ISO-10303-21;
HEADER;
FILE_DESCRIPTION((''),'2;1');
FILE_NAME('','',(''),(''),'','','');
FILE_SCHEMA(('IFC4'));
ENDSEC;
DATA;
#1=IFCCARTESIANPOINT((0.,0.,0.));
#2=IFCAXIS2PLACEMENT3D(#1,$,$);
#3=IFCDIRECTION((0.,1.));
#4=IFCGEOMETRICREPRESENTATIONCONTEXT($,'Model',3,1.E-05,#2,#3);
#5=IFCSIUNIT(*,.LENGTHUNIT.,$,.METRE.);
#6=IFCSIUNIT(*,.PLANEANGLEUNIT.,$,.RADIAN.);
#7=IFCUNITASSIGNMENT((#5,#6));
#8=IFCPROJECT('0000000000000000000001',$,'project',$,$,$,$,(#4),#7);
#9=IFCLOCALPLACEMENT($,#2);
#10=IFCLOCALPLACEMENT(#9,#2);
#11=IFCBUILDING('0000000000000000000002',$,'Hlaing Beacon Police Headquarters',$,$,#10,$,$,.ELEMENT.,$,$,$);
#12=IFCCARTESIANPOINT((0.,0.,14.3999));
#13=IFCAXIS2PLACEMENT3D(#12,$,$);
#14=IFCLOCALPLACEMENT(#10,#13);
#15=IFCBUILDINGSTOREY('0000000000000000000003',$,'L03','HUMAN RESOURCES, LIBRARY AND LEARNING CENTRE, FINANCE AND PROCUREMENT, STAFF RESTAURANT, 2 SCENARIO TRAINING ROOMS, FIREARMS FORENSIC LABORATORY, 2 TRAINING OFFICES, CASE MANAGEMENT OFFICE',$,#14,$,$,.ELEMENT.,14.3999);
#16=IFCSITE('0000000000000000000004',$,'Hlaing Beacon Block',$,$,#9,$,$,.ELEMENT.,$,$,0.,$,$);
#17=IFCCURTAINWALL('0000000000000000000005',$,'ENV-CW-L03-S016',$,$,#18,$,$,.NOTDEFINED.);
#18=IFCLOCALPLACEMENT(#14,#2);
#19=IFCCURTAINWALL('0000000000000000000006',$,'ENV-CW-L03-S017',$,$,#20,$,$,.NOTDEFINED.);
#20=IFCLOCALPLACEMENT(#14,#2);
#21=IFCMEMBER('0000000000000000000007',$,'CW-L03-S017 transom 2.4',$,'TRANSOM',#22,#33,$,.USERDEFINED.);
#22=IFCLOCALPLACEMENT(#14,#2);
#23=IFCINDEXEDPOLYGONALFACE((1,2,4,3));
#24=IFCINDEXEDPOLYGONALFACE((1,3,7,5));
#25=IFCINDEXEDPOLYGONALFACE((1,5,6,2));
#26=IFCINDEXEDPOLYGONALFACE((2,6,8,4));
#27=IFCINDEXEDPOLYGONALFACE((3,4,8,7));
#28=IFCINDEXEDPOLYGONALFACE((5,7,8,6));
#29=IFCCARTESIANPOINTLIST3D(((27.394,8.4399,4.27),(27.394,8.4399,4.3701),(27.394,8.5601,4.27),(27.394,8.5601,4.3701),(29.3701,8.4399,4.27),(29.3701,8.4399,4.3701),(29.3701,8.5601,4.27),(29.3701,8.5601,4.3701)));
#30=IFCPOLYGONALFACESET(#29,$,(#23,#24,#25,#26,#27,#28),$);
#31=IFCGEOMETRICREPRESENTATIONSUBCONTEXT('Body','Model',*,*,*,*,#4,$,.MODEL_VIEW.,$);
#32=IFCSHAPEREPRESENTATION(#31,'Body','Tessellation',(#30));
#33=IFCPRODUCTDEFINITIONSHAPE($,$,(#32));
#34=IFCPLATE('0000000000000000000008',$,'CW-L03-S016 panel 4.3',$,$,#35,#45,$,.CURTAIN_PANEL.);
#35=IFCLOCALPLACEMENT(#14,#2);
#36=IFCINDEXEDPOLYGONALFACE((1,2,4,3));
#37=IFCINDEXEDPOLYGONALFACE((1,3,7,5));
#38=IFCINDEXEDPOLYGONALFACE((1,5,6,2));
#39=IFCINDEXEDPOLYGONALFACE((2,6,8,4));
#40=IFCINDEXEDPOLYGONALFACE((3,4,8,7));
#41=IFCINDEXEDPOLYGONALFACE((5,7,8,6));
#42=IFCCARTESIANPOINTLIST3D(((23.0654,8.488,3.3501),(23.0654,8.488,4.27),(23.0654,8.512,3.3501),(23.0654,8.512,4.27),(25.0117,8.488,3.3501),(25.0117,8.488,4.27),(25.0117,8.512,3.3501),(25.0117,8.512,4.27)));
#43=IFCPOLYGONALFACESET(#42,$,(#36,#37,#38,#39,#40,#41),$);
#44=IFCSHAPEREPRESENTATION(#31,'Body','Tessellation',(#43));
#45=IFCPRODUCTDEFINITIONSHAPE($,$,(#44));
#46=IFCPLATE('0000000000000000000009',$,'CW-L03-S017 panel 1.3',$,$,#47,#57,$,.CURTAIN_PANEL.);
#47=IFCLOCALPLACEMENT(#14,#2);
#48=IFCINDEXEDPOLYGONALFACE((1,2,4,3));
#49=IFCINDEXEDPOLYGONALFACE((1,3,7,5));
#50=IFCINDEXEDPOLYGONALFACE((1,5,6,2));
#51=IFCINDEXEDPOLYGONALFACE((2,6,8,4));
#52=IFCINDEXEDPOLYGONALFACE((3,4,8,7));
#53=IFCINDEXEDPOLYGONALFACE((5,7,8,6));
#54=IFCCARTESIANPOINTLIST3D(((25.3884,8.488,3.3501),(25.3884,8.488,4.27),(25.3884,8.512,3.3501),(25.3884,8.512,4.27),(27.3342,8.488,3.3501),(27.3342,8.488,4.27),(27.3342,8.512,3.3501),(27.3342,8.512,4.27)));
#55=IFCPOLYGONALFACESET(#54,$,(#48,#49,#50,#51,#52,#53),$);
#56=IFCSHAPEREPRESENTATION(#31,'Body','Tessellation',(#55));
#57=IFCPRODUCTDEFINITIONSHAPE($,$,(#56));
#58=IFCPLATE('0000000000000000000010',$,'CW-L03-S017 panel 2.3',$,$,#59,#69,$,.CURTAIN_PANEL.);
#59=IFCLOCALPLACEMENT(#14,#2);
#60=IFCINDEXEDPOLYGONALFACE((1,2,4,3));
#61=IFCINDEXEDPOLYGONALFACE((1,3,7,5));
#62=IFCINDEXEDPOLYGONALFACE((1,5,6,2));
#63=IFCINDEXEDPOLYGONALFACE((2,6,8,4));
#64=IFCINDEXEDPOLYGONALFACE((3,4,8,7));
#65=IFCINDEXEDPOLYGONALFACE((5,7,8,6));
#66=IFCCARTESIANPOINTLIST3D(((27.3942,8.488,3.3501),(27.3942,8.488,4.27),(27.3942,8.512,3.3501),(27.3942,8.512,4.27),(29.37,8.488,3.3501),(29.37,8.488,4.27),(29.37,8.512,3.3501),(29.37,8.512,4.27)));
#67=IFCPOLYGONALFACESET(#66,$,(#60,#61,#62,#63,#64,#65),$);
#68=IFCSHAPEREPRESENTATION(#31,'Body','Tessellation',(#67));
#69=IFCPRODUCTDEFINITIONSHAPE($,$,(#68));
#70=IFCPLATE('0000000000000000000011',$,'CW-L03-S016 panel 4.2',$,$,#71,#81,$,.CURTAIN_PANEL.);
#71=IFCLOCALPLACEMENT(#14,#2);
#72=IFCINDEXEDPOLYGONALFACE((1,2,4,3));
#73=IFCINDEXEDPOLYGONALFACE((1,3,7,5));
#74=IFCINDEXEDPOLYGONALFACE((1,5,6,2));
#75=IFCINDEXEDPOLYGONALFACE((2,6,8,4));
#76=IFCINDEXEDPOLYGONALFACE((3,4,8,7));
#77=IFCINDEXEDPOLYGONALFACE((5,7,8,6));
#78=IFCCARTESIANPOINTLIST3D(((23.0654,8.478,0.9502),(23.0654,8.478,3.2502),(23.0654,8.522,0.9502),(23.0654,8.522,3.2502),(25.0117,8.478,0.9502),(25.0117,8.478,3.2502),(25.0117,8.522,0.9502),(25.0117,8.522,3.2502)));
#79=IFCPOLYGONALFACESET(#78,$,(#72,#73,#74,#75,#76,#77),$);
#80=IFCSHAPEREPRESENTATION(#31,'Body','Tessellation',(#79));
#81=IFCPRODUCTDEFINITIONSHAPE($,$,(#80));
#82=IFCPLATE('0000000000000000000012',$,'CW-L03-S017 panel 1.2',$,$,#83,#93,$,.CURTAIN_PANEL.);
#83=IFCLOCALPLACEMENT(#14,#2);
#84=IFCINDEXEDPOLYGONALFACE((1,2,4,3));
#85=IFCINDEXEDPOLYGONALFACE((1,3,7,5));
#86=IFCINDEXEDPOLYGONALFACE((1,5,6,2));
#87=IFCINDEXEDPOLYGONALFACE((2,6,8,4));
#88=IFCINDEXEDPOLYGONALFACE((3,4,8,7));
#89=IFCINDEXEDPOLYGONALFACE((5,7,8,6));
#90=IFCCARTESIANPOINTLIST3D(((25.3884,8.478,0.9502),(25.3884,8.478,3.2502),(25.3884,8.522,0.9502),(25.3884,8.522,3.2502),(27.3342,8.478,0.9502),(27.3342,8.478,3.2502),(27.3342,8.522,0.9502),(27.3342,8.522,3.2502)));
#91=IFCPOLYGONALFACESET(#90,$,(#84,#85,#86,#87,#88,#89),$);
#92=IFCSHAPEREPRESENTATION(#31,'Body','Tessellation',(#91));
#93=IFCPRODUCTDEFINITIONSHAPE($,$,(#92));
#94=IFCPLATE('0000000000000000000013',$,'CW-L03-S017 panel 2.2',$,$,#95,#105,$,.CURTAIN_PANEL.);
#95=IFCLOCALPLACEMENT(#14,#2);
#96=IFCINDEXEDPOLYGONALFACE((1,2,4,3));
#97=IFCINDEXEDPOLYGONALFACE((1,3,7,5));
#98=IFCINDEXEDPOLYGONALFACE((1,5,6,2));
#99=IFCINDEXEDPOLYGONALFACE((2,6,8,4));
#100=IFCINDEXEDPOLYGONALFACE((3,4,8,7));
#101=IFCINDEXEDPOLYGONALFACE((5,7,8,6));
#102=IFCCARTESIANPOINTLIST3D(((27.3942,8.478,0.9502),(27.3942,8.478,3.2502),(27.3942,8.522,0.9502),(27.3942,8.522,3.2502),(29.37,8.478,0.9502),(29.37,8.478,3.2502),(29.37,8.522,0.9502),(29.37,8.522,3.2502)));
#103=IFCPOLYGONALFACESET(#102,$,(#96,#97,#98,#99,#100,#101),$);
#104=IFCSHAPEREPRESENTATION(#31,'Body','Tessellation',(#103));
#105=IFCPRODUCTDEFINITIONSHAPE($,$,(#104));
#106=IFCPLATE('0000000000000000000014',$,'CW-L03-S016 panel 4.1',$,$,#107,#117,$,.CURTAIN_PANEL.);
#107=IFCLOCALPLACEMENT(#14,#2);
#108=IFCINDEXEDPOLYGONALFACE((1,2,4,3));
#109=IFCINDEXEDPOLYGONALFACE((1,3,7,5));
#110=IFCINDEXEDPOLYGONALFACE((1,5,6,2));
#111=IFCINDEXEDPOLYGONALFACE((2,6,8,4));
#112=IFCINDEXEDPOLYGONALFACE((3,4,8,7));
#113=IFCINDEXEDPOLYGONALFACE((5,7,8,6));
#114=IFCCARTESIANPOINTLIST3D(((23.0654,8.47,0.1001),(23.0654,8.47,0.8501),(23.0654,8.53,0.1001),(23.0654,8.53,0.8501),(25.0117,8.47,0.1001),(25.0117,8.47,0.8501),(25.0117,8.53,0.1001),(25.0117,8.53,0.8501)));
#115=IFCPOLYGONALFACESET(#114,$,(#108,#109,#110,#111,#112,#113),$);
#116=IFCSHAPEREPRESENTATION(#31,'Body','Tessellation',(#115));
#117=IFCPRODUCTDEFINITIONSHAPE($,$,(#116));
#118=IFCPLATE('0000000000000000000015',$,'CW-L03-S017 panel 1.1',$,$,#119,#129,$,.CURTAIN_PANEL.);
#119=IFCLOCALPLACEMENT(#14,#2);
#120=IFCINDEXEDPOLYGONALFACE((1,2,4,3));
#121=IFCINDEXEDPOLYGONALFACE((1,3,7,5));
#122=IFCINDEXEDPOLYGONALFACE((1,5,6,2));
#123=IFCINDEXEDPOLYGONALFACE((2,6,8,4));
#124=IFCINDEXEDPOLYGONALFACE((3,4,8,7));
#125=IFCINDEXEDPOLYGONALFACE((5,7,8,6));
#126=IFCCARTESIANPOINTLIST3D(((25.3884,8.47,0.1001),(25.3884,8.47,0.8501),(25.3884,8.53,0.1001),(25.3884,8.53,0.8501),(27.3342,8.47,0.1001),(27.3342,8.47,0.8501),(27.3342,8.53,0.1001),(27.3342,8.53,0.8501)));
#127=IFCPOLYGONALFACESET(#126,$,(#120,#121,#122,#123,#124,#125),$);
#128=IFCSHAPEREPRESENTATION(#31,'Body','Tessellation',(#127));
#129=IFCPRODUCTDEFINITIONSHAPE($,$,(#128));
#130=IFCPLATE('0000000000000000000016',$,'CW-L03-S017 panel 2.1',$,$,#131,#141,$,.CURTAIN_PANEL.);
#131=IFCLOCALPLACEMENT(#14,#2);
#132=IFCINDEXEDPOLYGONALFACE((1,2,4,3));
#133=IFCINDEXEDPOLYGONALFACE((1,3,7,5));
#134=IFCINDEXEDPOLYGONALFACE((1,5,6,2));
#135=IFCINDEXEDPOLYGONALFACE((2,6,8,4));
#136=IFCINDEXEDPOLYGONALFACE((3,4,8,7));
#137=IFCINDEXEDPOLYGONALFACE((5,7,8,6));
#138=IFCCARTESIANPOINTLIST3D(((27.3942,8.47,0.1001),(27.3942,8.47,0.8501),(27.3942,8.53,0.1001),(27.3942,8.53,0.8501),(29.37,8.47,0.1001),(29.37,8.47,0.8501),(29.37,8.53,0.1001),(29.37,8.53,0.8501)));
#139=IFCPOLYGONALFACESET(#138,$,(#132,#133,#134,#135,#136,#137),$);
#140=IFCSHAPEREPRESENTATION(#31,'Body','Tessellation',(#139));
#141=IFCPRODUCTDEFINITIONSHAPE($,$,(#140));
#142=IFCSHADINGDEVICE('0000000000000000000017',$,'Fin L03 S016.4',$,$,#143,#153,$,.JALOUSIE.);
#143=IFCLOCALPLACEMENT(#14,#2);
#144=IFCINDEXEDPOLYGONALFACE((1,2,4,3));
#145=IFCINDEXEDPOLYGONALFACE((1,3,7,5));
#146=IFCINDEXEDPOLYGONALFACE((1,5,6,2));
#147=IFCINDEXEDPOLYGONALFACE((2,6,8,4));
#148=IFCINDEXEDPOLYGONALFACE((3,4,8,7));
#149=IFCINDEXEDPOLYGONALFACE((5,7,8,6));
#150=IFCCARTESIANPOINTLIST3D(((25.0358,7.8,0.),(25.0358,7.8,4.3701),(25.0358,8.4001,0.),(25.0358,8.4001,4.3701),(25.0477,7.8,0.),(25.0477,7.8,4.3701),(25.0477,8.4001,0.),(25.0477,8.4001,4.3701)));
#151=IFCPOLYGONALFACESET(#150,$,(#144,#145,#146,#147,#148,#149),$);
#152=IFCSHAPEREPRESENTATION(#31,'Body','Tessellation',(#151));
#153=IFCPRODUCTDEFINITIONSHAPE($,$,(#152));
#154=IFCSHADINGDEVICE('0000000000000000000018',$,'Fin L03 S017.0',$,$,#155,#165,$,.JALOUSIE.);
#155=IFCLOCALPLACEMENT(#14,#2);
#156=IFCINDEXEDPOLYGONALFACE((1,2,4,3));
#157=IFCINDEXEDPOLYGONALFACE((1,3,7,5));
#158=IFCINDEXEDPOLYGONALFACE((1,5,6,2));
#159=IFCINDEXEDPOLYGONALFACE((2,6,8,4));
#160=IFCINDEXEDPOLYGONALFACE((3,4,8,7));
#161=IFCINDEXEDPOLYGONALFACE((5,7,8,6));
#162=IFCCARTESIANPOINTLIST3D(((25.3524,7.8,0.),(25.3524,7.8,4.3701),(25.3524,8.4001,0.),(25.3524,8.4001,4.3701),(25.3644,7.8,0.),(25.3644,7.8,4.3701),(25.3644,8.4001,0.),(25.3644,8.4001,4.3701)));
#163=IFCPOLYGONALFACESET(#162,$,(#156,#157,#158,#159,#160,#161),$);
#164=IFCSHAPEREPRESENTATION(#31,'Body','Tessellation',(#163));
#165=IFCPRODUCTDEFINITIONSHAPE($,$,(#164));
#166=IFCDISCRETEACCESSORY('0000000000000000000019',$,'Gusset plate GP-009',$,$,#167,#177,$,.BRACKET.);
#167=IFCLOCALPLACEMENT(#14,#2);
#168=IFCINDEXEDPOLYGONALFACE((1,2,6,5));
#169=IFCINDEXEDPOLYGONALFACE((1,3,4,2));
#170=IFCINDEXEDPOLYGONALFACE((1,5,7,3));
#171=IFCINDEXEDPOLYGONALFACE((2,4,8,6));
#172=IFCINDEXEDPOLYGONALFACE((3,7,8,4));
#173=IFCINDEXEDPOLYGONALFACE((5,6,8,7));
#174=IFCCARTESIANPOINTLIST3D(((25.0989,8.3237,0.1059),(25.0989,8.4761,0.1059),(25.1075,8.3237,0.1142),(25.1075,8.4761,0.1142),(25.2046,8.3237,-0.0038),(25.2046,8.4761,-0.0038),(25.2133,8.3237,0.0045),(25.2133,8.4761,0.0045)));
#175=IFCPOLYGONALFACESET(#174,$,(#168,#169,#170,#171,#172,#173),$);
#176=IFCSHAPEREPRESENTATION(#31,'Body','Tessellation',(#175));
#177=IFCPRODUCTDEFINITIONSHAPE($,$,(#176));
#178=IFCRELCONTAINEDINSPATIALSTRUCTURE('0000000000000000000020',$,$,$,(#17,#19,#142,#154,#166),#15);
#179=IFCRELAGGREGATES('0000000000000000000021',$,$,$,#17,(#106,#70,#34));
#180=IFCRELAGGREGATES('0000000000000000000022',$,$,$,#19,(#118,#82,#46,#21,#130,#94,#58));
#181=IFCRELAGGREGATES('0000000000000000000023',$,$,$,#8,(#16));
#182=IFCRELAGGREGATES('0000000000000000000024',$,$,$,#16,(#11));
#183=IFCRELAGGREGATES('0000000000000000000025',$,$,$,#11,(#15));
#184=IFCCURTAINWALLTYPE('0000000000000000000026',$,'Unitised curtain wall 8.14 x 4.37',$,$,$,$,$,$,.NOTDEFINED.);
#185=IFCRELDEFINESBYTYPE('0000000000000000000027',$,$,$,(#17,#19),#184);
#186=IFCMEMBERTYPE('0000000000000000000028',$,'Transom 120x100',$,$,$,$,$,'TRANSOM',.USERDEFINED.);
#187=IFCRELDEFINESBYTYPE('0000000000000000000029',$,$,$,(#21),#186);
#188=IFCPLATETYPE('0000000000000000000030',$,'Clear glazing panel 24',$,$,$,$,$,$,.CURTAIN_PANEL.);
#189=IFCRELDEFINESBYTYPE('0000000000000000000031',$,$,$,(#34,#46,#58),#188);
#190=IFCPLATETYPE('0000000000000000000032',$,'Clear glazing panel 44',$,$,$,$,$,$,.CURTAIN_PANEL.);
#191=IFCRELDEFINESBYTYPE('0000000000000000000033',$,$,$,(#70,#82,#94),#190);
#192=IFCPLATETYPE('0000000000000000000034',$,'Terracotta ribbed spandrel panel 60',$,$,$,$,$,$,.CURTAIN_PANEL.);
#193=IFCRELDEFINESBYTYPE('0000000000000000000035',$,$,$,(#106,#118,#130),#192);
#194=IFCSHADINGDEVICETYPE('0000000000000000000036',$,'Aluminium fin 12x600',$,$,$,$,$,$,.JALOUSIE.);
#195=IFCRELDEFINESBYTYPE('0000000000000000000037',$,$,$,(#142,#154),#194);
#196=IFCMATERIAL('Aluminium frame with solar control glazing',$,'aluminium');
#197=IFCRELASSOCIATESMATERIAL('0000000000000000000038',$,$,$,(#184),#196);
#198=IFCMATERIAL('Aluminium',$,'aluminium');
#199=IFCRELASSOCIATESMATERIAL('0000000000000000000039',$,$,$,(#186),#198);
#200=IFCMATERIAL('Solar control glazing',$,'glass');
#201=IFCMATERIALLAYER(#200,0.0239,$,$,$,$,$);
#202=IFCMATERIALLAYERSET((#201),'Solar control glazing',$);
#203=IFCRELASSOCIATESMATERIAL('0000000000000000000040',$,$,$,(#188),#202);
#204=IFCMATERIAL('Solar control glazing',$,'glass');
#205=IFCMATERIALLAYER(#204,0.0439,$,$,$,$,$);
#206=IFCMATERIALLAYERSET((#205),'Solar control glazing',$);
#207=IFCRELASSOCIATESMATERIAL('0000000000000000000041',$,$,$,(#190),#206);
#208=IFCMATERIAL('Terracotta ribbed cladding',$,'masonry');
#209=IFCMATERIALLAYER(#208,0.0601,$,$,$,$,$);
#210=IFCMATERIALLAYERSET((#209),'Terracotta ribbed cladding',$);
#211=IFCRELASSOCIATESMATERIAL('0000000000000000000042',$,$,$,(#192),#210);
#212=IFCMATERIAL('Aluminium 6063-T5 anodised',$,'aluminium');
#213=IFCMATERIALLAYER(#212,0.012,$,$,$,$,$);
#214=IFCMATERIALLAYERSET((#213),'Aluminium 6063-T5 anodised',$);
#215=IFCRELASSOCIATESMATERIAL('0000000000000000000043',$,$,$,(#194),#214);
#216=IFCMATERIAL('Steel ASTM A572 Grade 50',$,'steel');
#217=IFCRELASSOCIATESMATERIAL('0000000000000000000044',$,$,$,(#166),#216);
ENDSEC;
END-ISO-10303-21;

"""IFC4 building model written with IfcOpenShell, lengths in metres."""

from ifc_helpers import new_model, si_unit, direction, frame, origin, origin_2d, place, context, subcontext, project, spatial, rectangle, extrude, material, layer, layer_set, material_profile, profile_set, type_object, element, aggregate, save


model = new_model("IFC4")

# Units and contexts
model_context = context("Model", 3, precision=1e-05, world=origin(), true_north=direction((0.0, 1.0)))
body_context = subcontext(model_context, "Body", "Model", "MODEL_VIEW")
ifc_project = project(units=[si_unit("LENGTHUNIT", "METRE"), si_unit("PLANEANGLEUNIT", "RADIAN")], contexts=[model_context])

# Site, building, storey
site_placement = place(None, origin())
site = spatial("IfcSite", under=ifc_project, at=site_placement, Name="Hlaing Beacon Block", CompositionType="ELEMENT", RefElevation=0.0)
building_placement = place(site_placement, origin())
building = spatial("IfcBuilding", under=site, at=building_placement, Name="Hlaing Beacon Police Headquarters", CompositionType="ELEMENT")
storey_placement = place(building_placement, frame((0.0, 0.0, 14.3999)))
storey = spatial("IfcBuildingStorey", under=building, at=storey_placement, Name="L03", Description="HUMAN RESOURCES, LIBRARY AND LEARNING CENTRE, FINANCE AND PROCUREMENT, STAFF RESTAURANT, 2 SCENARIO TRAINING ROOMS, FIREARMS FORENSIC LABORATORY, 2 TRAINING OFFICES, CASE MANAGEMENT OFFICE", CompositionType="ELEMENT", Elevation=14.3999)

# Curtain walls
ifc_material_1 = material(Name="Aluminium frame with solar control glazing", Category="aluminium")
curtain_wall_type = type_object("IfcCurtainWallType", Name="Unitised curtain wall 8.14 x 4.37", PredefinedType="NOTDEFINED", material=ifc_material_1)
curtain_wall_1_placement = place(storey_placement, origin())
curtain_wall_1 = element("IfcCurtainWall", 1, at=curtain_wall_1_placement, inside=storey, type_object=curtain_wall_type, Name="ENV-CW-L03-S016", PredefinedType="NOTDEFINED")
curtain_wall_2_placement = place(storey_placement, origin())
curtain_wall_2 = element("IfcCurtainWall", 2, at=curtain_wall_2_placement, inside=storey, type_object=curtain_wall_type, Name="ENV-CW-L03-S017", PredefinedType="NOTDEFINED")

# Member
ifc_material_2 = material(Name="Aluminium", Category="aluminium")
ifc_material_profile_1 = material_profile(ifc_material_2, rectangle(XDim=0.1201, YDim=0.1001, at=origin_2d()), Name="Transom 120x100")
ifc_profile_set_1 = profile_set([ifc_material_profile_1], Name="Aluminium")
member_type_1 = type_object("IfcMemberType", Name="Transom 120x100", ElementType="TRANSOM", PredefinedType="USERDEFINED", material=ifc_profile_set_1)
member_1_placement = place(storey_placement, frame((27.394, 8.5, 4.3201), z_axis=(1.0, 0.0, 0.0), x_axis=(0.0, 1.0, 0.0)))
member_1 = element("IfcMember", 3, at=member_1_placement, type_object=member_type_1, Name="CW-L03-S017 transom 2.4", ObjectType="TRANSOM", PredefinedType="USERDEFINED", context=body_context, shape_type="SweptSolid", body=[
    extrude(rectangle(XDim=0.1201, YDim=0.1001, at=origin_2d()), origin(), (0.0, 0.0, 1.0), 1.9761),
])

# Plates
ifc_material_3 = material(Name="Solar control glazing", Category="glass")
ifc_layer_1 = layer(ifc_material_3, 0.0239)
ifc_layer_set_1 = layer_set([ifc_layer_1], Name="Solar control glazing")
plate_type_1 = type_object("IfcPlateType", Name="Clear glazing panel 24", PredefinedType="CURTAIN_PANEL", material=ifc_layer_set_1)
plate_1_placement = place(storey_placement, frame((24.0386, 8.5, 3.3501), z_axis=(0.0, 0.0, 1.0), x_axis=(1.0, 0.0, 0.0)))
plate_1 = element("IfcPlate", 4, at=plate_1_placement, type_object=plate_type_1, Name="CW-L03-S016 panel 4.3", PredefinedType="CURTAIN_PANEL", context=body_context, shape_type="SweptSolid", body=[
    extrude(rectangle(XDim=1.9463, YDim=0.0239, at=origin_2d()), origin(), (0.0, 0.0, 1.0), 0.9199),
])
plate_2_placement = place(storey_placement, frame((26.3613, 8.5, 3.3501), z_axis=(0.0, 0.0, 1.0), x_axis=(1.0, 0.0, 0.0)))
plate_2 = element("IfcPlate", 5, at=plate_2_placement, type_object=plate_type_1, Name="CW-L03-S017 panel 1.3", PredefinedType="CURTAIN_PANEL", context=body_context, shape_type="SweptSolid", body=[
    extrude(rectangle(XDim=1.9458, YDim=0.0239, at=origin_2d()), origin(), (0.0, 0.0, 1.0), 0.9199),
])
plate_3_placement = place(storey_placement, frame((28.3821, 8.5, 3.3501), z_axis=(0.0, 0.0, 1.0), x_axis=(1.0, 0.0, 0.0)))
plate_3 = element("IfcPlate", 6, at=plate_3_placement, type_object=plate_type_1, Name="CW-L03-S017 panel 2.3", PredefinedType="CURTAIN_PANEL", context=body_context, shape_type="SweptSolid", body=[
    extrude(rectangle(XDim=1.9758, YDim=0.0239, at=origin_2d()), origin(), (0.0, 0.0, 1.0), 0.9199),
])
ifc_material_4 = material(Name="Solar control glazing", Category="glass")
ifc_layer_2 = layer(ifc_material_4, 0.0439)
ifc_layer_set_2 = layer_set([ifc_layer_2], Name="Solar control glazing")
plate_type_2 = type_object("IfcPlateType", Name="Clear glazing panel 44", PredefinedType="CURTAIN_PANEL", material=ifc_layer_set_2)
plate_4_placement = place(storey_placement, frame((24.0386, 8.5, 0.9502), z_axis=(0.0, 0.0, 1.0), x_axis=(1.0, 0.0, 0.0)))
plate_4 = element("IfcPlate", 7, at=plate_4_placement, type_object=plate_type_2, Name="CW-L03-S016 panel 4.2", PredefinedType="CURTAIN_PANEL", context=body_context, shape_type="SweptSolid", body=[
    extrude(rectangle(XDim=1.9463, YDim=0.0439, at=origin_2d()), origin(), (0.0, 0.0, 1.0), 2.3),
])
plate_5_placement = place(storey_placement, frame((26.3613, 8.5, 0.9502), z_axis=(0.0, 0.0, 1.0), x_axis=(1.0, 0.0, 0.0)))
plate_5 = element("IfcPlate", 8, at=plate_5_placement, type_object=plate_type_2, Name="CW-L03-S017 panel 1.2", PredefinedType="CURTAIN_PANEL", context=body_context, shape_type="SweptSolid", body=[
    extrude(rectangle(XDim=1.9458, YDim=0.0439, at=origin_2d()), origin(), (0.0, 0.0, 1.0), 2.3),
])
plate_6_placement = place(storey_placement, frame((28.3821, 8.5, 0.9502), z_axis=(0.0, 0.0, 1.0), x_axis=(1.0, 0.0, 0.0)))
plate_6 = element("IfcPlate", 9, at=plate_6_placement, type_object=plate_type_2, Name="CW-L03-S017 panel 2.2", PredefinedType="CURTAIN_PANEL", context=body_context, shape_type="SweptSolid", body=[
    extrude(rectangle(XDim=1.9758, YDim=0.0439, at=origin_2d()), origin(), (0.0, 0.0, 1.0), 2.3),
])
ifc_material_5 = material(Name="Terracotta ribbed cladding", Category="masonry")
ifc_layer_3 = layer(ifc_material_5, 0.0601)
ifc_layer_set_3 = layer_set([ifc_layer_3], Name="Terracotta ribbed cladding")
plate_type_3 = type_object("IfcPlateType", Name="Terracotta ribbed spandrel panel 60", PredefinedType="CURTAIN_PANEL", material=ifc_layer_set_3)
plate_7_placement = place(storey_placement, frame((24.0386, 8.5, 0.1001), z_axis=(0.0, 0.0, 1.0), x_axis=(1.0, 0.0, 0.0)))
plate_7 = element("IfcPlate", 10, at=plate_7_placement, type_object=plate_type_3, Name="CW-L03-S016 panel 4.1", PredefinedType="CURTAIN_PANEL", context=body_context, shape_type="SweptSolid", body=[
    extrude(rectangle(XDim=1.9463, YDim=0.0601, at=origin_2d()), origin(), (0.0, 0.0, 1.0), 0.75),
])
aggregate(curtain_wall_1, [plate_7, plate_4, plate_1])
plate_8_placement = place(storey_placement, frame((26.3613, 8.5, 0.1001), z_axis=(0.0, 0.0, 1.0), x_axis=(1.0, 0.0, 0.0)))
plate_8 = element("IfcPlate", 11, at=plate_8_placement, type_object=plate_type_3, Name="CW-L03-S017 panel 1.1", PredefinedType="CURTAIN_PANEL", context=body_context, shape_type="SweptSolid", body=[
    extrude(rectangle(XDim=1.9458, YDim=0.0601, at=origin_2d()), origin(), (0.0, 0.0, 1.0), 0.75),
])
plate_9_placement = place(storey_placement, frame((28.3821, 8.5, 0.1001), z_axis=(0.0, 0.0, 1.0), x_axis=(1.0, 0.0, 0.0)))
plate_9 = element("IfcPlate", 12, at=plate_9_placement, type_object=plate_type_3, Name="CW-L03-S017 panel 2.1", PredefinedType="CURTAIN_PANEL", context=body_context, shape_type="SweptSolid", body=[
    extrude(rectangle(XDim=1.9758, YDim=0.0601, at=origin_2d()), origin(), (0.0, 0.0, 1.0), 0.75),
])
aggregate(curtain_wall_2, [plate_8, plate_5, plate_2, member_1, plate_9, plate_6, plate_3])

# Shading devices
ifc_material_6 = material(Name="Aluminium 6063-T5 anodised", Category="aluminium")
ifc_layer_4 = layer(ifc_material_6, 0.012)
ifc_layer_set_4 = layer_set([ifc_layer_4], Name="Aluminium 6063-T5 anodised")
shading_device_type = type_object("IfcShadingDeviceType", Name="Aluminium fin 12x600", PredefinedType="JALOUSIE", material=ifc_layer_set_4)
for number, where, z_axis, x_axis, name in (
    (13, (25.0417, 8.1001, 0.0), (0.0, 0.0, 1.0), (1.0, 0.0, 0.0), "Fin L03 S016.4"),
    (14, (25.3584, 8.1001, 0.0), (0.0, 0.0, 1.0), (1.0, 0.0, 0.0), "Fin L03 S017.0"),
):
    element("IfcShadingDevice", number, at=place(storey_placement, frame(where, z_axis=z_axis, x_axis=x_axis)), inside=storey, type_object=shading_device_type, Name=name, PredefinedType="JALOUSIE", context=body_context, shape_type="SweptSolid", body=[
        extrude(rectangle(XDim=0.012, YDim=0.6001, at=origin_2d()), origin(), (0.0, 0.0, 1.0), 4.3701),
    ])

# Discrete accessory
ifc_material_7 = material(Name="Steel ASTM A572 Grade 50", Category="steel")
discrete_accessory_placement = place(storey_placement, frame((25.1604, 8.3999, 0.0593), z_axis=(-0.719984, 0.0, -0.693991), x_axis=(0.0, -1.0, 0.0)))
element("IfcDiscreteAccessory", 15, at=discrete_accessory_placement, inside=storey, material=ifc_material_7, Name="Gusset plate GP-009", PredefinedType="BRACKET", context=body_context, shape_type="SweptSolid", body=[
    extrude(rectangle(XDim=0.1523, YDim=0.1523, at=origin_2d()), origin(), (0.0, 0.0, 1.0), 0.012),
])

save(model, "model.ifc")
